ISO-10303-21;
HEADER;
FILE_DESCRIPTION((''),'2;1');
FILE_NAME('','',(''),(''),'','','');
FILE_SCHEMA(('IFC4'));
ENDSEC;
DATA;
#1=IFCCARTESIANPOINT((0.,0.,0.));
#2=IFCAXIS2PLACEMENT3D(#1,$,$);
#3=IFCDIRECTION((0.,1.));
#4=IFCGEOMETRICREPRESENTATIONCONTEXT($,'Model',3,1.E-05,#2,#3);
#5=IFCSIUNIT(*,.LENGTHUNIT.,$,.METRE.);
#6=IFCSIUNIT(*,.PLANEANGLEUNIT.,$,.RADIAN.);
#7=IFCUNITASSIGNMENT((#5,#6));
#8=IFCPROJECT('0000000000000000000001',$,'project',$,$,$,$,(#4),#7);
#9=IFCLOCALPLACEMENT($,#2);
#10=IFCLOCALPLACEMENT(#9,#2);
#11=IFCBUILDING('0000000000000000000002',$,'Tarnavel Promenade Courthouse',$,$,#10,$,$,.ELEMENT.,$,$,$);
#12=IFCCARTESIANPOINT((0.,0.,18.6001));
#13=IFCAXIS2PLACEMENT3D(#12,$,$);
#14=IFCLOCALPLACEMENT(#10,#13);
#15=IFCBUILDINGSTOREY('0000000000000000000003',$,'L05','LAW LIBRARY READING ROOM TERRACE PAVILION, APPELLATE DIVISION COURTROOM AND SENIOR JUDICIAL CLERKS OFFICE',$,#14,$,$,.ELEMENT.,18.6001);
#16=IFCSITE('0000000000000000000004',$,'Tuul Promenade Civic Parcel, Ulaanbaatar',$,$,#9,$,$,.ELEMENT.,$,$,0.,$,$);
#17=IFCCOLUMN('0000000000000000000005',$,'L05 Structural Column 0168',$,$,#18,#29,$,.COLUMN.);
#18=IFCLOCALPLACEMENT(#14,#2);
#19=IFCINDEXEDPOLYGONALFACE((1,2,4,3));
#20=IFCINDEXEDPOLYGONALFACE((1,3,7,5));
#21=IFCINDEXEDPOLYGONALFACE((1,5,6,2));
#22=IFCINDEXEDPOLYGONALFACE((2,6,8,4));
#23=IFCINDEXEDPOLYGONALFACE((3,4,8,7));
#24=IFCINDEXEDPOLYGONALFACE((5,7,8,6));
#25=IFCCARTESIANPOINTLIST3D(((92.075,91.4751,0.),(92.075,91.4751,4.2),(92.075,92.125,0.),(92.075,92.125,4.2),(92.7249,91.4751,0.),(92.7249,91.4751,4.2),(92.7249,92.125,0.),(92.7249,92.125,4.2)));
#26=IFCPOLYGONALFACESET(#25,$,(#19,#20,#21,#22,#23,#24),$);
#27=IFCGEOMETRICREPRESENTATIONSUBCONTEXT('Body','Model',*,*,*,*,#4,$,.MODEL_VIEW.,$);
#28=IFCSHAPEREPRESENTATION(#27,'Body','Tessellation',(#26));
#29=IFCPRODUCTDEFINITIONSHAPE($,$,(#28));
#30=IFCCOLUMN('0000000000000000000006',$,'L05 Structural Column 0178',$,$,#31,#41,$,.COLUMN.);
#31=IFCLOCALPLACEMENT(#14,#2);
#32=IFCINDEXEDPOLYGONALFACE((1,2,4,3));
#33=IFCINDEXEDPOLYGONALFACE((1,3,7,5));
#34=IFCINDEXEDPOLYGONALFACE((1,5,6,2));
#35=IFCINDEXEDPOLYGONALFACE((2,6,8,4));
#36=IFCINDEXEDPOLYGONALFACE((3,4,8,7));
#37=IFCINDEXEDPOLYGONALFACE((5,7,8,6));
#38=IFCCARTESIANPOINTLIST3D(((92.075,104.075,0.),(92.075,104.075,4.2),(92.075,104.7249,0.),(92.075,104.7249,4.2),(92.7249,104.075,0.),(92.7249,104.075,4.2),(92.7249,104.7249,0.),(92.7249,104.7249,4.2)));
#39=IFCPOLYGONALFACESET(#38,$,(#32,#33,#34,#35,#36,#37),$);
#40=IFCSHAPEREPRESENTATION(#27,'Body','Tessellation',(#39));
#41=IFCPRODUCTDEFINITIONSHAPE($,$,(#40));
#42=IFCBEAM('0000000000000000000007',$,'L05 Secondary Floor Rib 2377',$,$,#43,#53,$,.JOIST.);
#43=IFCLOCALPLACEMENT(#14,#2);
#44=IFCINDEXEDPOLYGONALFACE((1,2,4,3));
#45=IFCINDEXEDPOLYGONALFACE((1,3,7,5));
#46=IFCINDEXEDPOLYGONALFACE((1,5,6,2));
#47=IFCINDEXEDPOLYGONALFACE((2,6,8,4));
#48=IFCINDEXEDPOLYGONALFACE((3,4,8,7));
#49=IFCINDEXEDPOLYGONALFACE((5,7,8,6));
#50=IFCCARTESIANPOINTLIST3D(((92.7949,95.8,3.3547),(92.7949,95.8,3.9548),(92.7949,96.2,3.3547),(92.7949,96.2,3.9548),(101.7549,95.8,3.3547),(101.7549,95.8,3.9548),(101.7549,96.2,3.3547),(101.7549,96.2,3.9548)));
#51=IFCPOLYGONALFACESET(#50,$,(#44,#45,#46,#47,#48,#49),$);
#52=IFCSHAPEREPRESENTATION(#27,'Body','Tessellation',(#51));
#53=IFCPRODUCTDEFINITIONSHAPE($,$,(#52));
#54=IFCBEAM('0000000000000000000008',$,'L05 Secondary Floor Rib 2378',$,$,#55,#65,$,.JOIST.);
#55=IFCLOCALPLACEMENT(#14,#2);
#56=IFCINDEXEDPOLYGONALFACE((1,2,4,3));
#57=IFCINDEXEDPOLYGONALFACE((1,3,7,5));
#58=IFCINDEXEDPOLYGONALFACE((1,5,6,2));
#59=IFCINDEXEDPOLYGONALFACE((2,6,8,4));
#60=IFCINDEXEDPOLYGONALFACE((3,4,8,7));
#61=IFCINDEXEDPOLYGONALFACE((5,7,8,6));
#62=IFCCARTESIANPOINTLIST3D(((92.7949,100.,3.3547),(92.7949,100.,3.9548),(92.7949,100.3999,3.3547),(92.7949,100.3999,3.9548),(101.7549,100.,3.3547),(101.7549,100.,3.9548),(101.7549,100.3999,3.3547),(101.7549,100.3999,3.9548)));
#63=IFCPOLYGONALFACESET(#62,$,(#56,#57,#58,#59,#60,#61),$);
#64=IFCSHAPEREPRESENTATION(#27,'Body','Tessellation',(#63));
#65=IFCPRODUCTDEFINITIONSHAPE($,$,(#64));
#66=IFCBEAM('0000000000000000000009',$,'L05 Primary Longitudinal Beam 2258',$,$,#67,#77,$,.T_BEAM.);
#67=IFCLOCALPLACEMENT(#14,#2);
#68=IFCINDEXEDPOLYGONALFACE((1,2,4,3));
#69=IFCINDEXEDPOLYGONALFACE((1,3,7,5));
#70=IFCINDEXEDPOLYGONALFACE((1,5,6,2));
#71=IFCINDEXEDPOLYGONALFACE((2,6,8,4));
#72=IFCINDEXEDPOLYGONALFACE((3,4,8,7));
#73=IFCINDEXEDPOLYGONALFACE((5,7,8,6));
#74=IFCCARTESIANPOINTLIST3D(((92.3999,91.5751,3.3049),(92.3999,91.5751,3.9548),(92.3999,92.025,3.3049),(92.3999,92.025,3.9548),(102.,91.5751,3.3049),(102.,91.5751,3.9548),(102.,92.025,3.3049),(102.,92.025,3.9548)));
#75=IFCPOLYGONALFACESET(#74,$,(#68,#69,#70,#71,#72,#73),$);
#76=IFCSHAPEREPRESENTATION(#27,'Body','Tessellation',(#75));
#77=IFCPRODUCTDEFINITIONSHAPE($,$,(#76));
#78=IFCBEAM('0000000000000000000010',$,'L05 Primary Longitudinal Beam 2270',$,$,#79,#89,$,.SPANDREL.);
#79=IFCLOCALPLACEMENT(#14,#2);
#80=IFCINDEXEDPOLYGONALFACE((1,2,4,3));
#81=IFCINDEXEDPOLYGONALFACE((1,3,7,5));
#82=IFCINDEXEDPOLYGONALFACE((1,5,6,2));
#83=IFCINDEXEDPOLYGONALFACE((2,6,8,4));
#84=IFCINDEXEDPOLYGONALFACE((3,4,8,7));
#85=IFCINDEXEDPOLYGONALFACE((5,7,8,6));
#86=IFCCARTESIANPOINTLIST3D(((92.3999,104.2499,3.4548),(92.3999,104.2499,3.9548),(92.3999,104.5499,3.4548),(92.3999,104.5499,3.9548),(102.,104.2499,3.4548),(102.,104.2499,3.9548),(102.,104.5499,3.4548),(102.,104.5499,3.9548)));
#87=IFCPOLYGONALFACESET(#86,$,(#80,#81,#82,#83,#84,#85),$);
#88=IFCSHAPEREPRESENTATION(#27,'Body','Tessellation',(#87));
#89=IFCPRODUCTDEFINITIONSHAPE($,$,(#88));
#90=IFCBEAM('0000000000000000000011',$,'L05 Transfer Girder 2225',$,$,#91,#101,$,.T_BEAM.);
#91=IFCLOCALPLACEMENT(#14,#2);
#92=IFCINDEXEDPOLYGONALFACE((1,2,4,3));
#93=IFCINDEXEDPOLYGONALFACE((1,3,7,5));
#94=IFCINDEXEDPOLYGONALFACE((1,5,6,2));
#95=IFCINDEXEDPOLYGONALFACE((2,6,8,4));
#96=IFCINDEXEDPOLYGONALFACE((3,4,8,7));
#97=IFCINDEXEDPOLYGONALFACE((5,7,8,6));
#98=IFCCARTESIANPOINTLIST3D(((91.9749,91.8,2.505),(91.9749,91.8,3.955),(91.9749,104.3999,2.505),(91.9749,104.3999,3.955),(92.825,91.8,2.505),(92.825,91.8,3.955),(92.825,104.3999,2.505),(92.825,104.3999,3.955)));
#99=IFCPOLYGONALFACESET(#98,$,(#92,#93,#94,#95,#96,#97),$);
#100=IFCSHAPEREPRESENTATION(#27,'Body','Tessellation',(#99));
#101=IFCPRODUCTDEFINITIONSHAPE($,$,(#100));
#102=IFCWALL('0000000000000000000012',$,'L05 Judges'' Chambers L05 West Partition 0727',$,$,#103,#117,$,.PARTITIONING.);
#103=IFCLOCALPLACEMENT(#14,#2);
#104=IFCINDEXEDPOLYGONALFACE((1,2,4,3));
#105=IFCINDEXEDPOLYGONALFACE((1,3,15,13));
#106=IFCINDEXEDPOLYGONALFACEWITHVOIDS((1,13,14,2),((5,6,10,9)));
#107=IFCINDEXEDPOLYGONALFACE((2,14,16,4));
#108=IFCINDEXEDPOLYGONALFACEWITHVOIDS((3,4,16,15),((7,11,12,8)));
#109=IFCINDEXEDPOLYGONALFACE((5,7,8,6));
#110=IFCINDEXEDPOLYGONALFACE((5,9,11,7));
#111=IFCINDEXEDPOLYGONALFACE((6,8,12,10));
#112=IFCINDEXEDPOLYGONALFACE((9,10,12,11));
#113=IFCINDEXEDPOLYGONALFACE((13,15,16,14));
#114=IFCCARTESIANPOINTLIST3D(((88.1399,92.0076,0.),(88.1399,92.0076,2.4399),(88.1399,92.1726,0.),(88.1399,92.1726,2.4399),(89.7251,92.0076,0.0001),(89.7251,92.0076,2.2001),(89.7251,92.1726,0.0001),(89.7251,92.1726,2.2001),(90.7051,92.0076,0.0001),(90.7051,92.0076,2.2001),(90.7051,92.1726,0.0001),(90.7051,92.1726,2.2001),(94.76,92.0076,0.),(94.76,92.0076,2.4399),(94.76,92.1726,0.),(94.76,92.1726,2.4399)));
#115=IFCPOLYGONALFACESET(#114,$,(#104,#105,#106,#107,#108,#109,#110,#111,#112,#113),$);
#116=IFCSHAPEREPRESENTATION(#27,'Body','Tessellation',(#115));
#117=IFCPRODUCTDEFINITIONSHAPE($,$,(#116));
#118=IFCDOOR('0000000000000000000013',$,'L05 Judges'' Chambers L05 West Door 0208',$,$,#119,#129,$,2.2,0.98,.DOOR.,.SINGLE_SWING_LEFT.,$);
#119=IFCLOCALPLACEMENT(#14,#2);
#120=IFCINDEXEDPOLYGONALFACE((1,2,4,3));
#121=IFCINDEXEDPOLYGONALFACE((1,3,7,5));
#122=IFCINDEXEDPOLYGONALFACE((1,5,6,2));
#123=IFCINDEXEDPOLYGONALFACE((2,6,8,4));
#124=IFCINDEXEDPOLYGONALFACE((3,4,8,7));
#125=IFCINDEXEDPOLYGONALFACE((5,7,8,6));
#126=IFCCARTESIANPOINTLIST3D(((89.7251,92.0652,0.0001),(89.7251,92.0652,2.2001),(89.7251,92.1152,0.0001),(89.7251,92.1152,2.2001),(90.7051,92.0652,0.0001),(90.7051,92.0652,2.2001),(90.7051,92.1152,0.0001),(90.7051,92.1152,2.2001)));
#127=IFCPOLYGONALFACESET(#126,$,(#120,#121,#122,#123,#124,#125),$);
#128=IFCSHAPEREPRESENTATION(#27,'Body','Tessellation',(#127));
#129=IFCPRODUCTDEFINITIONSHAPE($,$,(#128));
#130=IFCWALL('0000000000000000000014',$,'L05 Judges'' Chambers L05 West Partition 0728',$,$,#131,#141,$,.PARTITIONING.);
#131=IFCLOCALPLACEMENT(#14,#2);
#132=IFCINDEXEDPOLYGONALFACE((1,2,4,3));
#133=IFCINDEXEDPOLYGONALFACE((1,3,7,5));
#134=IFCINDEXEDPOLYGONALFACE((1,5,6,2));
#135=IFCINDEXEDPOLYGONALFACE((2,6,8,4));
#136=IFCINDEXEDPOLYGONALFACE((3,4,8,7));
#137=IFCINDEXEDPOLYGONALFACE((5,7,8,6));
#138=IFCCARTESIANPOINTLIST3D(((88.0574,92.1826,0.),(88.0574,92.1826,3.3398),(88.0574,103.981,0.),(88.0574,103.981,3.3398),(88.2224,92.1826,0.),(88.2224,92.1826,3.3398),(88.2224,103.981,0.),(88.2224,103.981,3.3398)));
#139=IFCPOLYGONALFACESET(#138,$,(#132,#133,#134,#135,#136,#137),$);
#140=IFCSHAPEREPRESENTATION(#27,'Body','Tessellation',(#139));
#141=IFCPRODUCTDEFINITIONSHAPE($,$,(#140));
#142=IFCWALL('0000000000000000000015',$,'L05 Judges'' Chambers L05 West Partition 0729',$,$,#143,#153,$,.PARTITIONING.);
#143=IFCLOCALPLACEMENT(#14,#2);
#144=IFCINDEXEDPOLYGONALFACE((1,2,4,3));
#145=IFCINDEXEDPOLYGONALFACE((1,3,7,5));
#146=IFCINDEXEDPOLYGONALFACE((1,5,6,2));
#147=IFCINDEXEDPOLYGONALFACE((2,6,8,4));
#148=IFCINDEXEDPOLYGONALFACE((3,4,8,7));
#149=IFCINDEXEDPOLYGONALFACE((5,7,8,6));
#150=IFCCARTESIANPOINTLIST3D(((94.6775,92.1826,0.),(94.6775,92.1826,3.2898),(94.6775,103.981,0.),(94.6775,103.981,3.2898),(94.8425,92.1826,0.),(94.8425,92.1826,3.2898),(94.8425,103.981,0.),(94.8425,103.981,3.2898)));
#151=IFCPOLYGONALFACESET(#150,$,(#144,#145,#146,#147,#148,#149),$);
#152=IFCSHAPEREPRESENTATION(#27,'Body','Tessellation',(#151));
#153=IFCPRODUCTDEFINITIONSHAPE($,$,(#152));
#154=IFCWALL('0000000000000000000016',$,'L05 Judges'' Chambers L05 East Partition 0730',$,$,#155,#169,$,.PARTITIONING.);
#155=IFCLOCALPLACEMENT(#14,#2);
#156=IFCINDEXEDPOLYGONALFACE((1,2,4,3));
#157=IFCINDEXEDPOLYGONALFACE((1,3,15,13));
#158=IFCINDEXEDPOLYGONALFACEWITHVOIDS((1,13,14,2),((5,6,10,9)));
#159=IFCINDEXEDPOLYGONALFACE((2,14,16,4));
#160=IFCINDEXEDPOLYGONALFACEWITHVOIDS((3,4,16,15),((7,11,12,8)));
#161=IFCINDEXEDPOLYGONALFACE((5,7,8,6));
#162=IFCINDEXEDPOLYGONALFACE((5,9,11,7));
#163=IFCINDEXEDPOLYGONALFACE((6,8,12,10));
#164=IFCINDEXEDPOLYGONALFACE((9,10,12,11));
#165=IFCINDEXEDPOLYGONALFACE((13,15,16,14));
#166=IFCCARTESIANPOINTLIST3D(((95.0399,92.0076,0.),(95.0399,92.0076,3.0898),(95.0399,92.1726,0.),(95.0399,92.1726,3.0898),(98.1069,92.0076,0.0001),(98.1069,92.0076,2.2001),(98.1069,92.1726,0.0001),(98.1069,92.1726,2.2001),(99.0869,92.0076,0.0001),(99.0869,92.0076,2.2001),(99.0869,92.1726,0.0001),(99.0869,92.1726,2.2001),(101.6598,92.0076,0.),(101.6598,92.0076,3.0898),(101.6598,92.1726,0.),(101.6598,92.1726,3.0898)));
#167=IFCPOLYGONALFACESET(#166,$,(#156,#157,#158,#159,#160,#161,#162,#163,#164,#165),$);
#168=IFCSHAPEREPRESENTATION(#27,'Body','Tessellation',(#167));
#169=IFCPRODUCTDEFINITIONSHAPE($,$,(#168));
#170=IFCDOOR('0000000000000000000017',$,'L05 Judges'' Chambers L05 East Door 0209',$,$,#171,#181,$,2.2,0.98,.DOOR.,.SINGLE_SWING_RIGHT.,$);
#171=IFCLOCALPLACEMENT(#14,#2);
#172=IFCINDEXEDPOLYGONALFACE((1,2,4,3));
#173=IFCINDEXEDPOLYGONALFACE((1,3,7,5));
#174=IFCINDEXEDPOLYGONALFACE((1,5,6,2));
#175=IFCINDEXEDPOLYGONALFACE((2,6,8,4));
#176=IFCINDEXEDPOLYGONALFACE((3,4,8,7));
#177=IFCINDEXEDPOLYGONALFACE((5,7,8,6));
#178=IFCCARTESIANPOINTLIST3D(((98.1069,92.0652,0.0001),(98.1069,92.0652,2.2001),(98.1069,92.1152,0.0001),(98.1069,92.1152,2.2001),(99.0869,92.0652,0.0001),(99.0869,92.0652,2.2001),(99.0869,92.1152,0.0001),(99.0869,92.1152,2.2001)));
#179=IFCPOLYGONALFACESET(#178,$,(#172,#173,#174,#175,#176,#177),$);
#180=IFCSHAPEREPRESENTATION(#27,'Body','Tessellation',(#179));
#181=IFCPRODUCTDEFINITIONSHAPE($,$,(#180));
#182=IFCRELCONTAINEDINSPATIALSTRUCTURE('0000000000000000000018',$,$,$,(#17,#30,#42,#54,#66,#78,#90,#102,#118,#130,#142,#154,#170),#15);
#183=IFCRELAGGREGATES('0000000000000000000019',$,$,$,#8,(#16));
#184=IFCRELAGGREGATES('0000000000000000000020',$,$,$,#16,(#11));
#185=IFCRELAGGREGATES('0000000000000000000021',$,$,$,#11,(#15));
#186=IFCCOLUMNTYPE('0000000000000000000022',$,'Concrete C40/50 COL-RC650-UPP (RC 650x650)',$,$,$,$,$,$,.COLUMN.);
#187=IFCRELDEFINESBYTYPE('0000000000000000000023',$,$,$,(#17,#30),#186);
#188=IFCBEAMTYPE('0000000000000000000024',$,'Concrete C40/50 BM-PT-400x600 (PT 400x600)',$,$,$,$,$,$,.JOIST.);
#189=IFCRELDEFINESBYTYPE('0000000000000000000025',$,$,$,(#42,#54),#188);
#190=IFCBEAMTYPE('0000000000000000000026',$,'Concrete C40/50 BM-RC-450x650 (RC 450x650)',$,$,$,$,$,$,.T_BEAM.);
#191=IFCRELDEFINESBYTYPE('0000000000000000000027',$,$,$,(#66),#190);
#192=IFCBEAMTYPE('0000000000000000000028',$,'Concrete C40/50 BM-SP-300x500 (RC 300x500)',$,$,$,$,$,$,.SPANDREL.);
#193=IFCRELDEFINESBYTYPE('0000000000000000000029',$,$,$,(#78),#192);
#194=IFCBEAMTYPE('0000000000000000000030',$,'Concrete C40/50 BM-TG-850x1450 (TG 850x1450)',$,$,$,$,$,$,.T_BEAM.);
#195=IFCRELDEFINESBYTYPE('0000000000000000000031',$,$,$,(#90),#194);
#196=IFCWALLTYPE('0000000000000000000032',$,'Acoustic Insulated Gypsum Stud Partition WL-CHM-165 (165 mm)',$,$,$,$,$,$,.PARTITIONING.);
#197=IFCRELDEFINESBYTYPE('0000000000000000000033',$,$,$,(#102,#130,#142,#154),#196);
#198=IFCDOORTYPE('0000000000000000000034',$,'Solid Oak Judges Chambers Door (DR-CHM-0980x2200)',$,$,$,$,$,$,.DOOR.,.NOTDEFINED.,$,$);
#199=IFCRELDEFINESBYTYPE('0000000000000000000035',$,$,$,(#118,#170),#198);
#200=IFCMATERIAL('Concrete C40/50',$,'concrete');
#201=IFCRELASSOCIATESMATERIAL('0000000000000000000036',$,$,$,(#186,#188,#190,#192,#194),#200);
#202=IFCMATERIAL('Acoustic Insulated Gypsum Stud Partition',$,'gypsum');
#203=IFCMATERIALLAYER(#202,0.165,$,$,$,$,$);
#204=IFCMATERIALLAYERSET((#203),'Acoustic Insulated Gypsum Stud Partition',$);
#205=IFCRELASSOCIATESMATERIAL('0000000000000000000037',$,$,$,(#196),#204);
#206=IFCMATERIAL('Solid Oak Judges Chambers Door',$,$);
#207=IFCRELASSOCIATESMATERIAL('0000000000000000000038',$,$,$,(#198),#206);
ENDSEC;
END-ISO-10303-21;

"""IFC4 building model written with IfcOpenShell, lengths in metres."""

from ifc_helpers import new_model, si_unit, direction, frame, frame_2d, origin, origin_2d, place, context, subcontext, project, spatial, rectangle, extrude, material, layer, layer_set, material_profile, profile_set, type_object, element, fill, save


model = new_model("IFC4")

# Units and contexts
model_context = context("Model", 3, precision=1e-05, world=origin(), true_north=direction((0.0, 1.0)))
body_context = subcontext(model_context, "Body", "Model", "MODEL_VIEW")
ifc_project = project(units=[si_unit("LENGTHUNIT", "METRE"), si_unit("PLANEANGLEUNIT", "RADIAN")], contexts=[model_context])

# Site, building, storey
site_placement = place(None, origin())
site = spatial("IfcSite", under=ifc_project, at=site_placement, Name="Tuul Promenade Civic Parcel, Ulaanbaatar", CompositionType="ELEMENT", RefElevation=0.0)
building_placement = place(site_placement, origin())
building = spatial("IfcBuilding", under=site, at=building_placement, Name="Tarnavel Promenade Courthouse", CompositionType="ELEMENT")
storey_placement = place(building_placement, frame((0.0, 0.0, 18.6001)))
storey = spatial("IfcBuildingStorey", under=building, at=storey_placement, Name="L05", Description="LAW LIBRARY READING ROOM TERRACE PAVILION, APPELLATE DIVISION COURTROOM AND SENIOR JUDICIAL CLERKS OFFICE", CompositionType="ELEMENT", Elevation=18.6001)

# Columns
ifc_material_1 = material(Name="Concrete C40/50", Category="concrete")
ifc_material_profile_1 = material_profile(ifc_material_1, rectangle(XDim=0.6499, YDim=0.6499, at=origin_2d()), Name="RC 650x650")
ifc_profile_set_1 = profile_set([ifc_material_profile_1], Name="Concrete C40/50")
column_type = type_object("IfcColumnType", Name="Concrete C40/50 COL-RC650-UPP (RC 650x650)", PredefinedType="COLUMN", material=ifc_profile_set_1)
for number, where, z_axis, x_axis, name in (
    (1, (92.3999, 91.8, 0.0), (0.0, 0.0, 1.0), (1.0, 0.0, 0.0), "L05 Structural Column 0168"),
    (2, (92.3999, 104.3999, 0.0), (0.0, 0.0, 1.0), (1.0, 0.0, 0.0), "L05 Structural Column 0178"),
):
    element("IfcColumn", number, at=place(storey_placement, frame(where, z_axis=z_axis, x_axis=x_axis)), inside=storey, type_object=column_type, Name=name, PredefinedType="COLUMN", context=body_context, shape_type="SweptSolid", body=[
        extrude(rectangle(XDim=0.6499, YDim=0.6499, at=origin_2d()), origin(), (0.0, 0.0, 1.0), 4.2),
    ])

# Beams
ifc_material_profile_2 = material_profile(ifc_material_1, rectangle(XDim=0.3999, YDim=0.6001, at=origin_2d()), Name="PT 400x600")
ifc_profile_set_2 = profile_set([ifc_material_profile_2], Name="Concrete C40/50")
beam_type_1 = type_object("IfcBeamType", Name="Concrete C40/50 BM-PT-400x600 (PT 400x600)", PredefinedType="JOIST", material=ifc_profile_set_2)
for number, where, z_axis, x_axis, name in (
    (3, (92.7949, 96.0, 3.6548), (1.0, 0.0, 0.0), (0.0, 1.0, 0.0), "L05 Secondary Floor Rib 2377"),
    (4, (92.7949, 100.2, 3.6548), (1.0, 0.0, 0.0), (0.0, 1.0, 0.0), "L05 Secondary Floor Rib 2378"),
):
    element("IfcBeam", number, at=place(storey_placement, frame(where, z_axis=z_axis, x_axis=x_axis)), inside=storey, type_object=beam_type_1, Name=name, PredefinedType="JOIST", context=body_context, shape_type="SweptSolid", body=[
        extrude(rectangle(XDim=0.3999, YDim=0.6001, at=origin_2d()), origin(), (0.0, 0.0, 1.0), 8.96),
    ])
ifc_material_profile_3 = material_profile(ifc_material_1, rectangle(XDim=0.45, YDim=0.6499, at=origin_2d()), Name="RC 450x650")
ifc_profile_set_3 = profile_set([ifc_material_profile_3], Name="Concrete C40/50")
beam_type_2 = type_object("IfcBeamType", Name="Concrete C40/50 BM-RC-450x650 (RC 450x650)", PredefinedType="T_BEAM", material=ifc_profile_set_3)
beam_1_placement = place(storey_placement, frame((92.3999, 91.8, 3.6299), z_axis=(1.0, 0.0, 0.0), x_axis=(0.0, 1.0, 0.0)))
element("IfcBeam", 5, at=beam_1_placement, inside=storey, type_object=beam_type_2, Name="L05 Primary Longitudinal Beam 2258", PredefinedType="T_BEAM", context=body_context, shape_type="SweptSolid", body=[
    extrude(rectangle(XDim=0.45, YDim=0.6499, at=origin_2d()), origin(), (0.0, 0.0, 1.0), 9.6001),
])
ifc_material_profile_4 = material_profile(ifc_material_1, rectangle(XDim=0.3, YDim=0.5, at=origin_2d()), Name="RC 300x500")
ifc_profile_set_4 = profile_set([ifc_material_profile_4], Name="Concrete C40/50")
beam_type_3 = type_object("IfcBeamType", Name="Concrete C40/50 BM-SP-300x500 (RC 300x500)", PredefinedType="SPANDREL", material=ifc_profile_set_4)
beam_2_placement = place(storey_placement, frame((92.3999, 104.3999, 3.7048), z_axis=(1.0, 0.0, 0.0), x_axis=(0.0, 1.0, 0.0)))
element("IfcBeam", 6, at=beam_2_placement, inside=storey, type_object=beam_type_3, Name="L05 Primary Longitudinal Beam 2270", PredefinedType="SPANDREL", context=body_context, shape_type="SweptSolid", body=[
    extrude(rectangle(XDim=0.3, YDim=0.5, at=origin_2d()), origin(), (0.0, 0.0, 1.0), 9.6001),
])
ifc_material_profile_5 = material_profile(ifc_material_1, rectangle(XDim=0.8501, YDim=1.45, at=origin_2d()), Name="TG 850x1450")
ifc_profile_set_5 = profile_set([ifc_material_profile_5], Name="Concrete C40/50")
beam_type_4 = type_object("IfcBeamType", Name="Concrete C40/50 BM-TG-850x1450 (TG 850x1450)", PredefinedType="T_BEAM", material=ifc_profile_set_5)
beam_3_placement = place(storey_placement, frame((92.3999, 91.8, 3.23), z_axis=(0.0, 1.0, 0.0), x_axis=(-1.0, 0.0, 0.0)))
element("IfcBeam", 7, at=beam_3_placement, inside=storey, type_object=beam_type_4, Name="L05 Transfer Girder 2225", PredefinedType="T_BEAM", context=body_context, shape_type="SweptSolid", body=[
    extrude(rectangle(XDim=0.8501, YDim=1.45, at=origin_2d()), origin(), (0.0, 0.0, 1.0), 12.5999),
])

# Wall, opening, door
ifc_material_2 = material(Name="Acoustic Insulated Gypsum Stud Partition", Category="gypsum")
ifc_layer_1 = layer(ifc_material_2, 0.165)
ifc_layer_set_1 = layer_set([ifc_layer_1], Name="Acoustic Insulated Gypsum Stud Partition")
wall_type_1 = type_object("IfcWallType", Name="Acoustic Insulated Gypsum Stud Partition WL-CHM-165 (165 mm)", PredefinedType="PARTITIONING", material=ifc_layer_set_1)
wall_1_placement = place(storey_placement, frame((94.76, 92.0901, 0.0), z_axis=(0.0, 0.0, 1.0), x_axis=(-1.0, 0.0, 0.0)))
wall_1 = element("IfcWall", 8, at=wall_1_placement, inside=storey, type_object=wall_type_1, Name="L05 Judges' Chambers L05 West Partition 0727", PredefinedType="PARTITIONING", context=body_context, shape_type="SweptSolid", body=[
    extrude(rectangle(XDim=6.6201, YDim=0.165, at=frame_2d((3.3101, 0.0))), origin(), (0.0, 0.0, 1.0), 2.4399),
])
opening_1_placement = place(wall_1_placement, frame((4.0549, 0.0, 0.0)))
opening_1 = element("IfcOpeningElement", 9, at=opening_1_placement, cuts=wall_1, PredefinedType="OPENING", context=body_context, shape_type="SweptSolid", body=[
    extrude(rectangle(XDim=0.98, YDim=2.2, at=frame_2d((0.49, 1.1001))), frame((0.0, 0.0925, 0.0), z_axis=(0.0, -1.0, 0.0), x_axis=(1.0, 0.0, 0.0)), (0.0, 0.0, 1.0), 0.1851),
])
ifc_material_3 = material(Name="Solid Oak Judges Chambers Door")
door_type_1 = type_object("IfcDoorType", Name="Solid Oak Judges Chambers Door (DR-CHM-0980x2200)", OperationType="NOTDEFINED", PredefinedType="DOOR", material=ifc_material_3)
door_1_placement = place(opening_1_placement, origin())
door_1 = element("IfcDoor", 10, at=door_1_placement, inside=storey, type_object=door_type_1, Name="L05 Judges' Chambers L05 West Door 0208", OperationType="SINGLE_SWING_LEFT", OverallHeight=2.2, OverallWidth=0.98, PredefinedType="DOOR", context=body_context, shape_type="SweptSolid", body=[
    extrude(rectangle(XDim=0.98, YDim=2.2, at=frame_2d((0.49, 1.1001))), frame((0.0, 0.0249, 0.0), z_axis=(0.0, -1.0, 0.0), x_axis=(1.0, 0.0, 0.0)), (0.0, 0.0, 1.0), 0.05),
])
fill(opening_1, door_1)

# Walls
wall_2_placement = place(storey_placement, frame((88.1399, 92.1826, 0.0), z_axis=(0.0, 0.0, 1.0), x_axis=(0.0, 1.0, 0.0)))
element("IfcWall", 11, at=wall_2_placement, inside=storey, type_object=wall_type_1, Name="L05 Judges' Chambers L05 West Partition 0728", PredefinedType="PARTITIONING", context=body_context, shape_type="SweptSolid", body=[
    extrude(rectangle(XDim=11.7983, YDim=0.165, at=frame_2d((5.8992, 0.0))), origin(), (0.0, 0.0, 1.0), 3.3398),
])
wall_3_placement = place(storey_placement, frame((94.76, 103.981, 0.0), z_axis=(0.0, 0.0, 1.0), x_axis=(0.0, -1.0, 0.0)))
element("IfcWall", 12, at=wall_3_placement, inside=storey, type_object=wall_type_1, Name="L05 Judges' Chambers L05 West Partition 0729", PredefinedType="PARTITIONING", context=body_context, shape_type="SweptSolid", body=[
    extrude(rectangle(XDim=11.7983, YDim=0.165, at=frame_2d((5.8992, 0.0))), origin(), (0.0, 0.0, 1.0), 3.2898),
])

# Wall, opening, door
wall_4_placement = place(storey_placement, frame((101.6599, 92.0901, 0.0), z_axis=(0.0, 0.0, 1.0), x_axis=(-1.0, 0.0, 0.0)))
wall_4 = element("IfcWall", 13, at=wall_4_placement, inside=storey, type_object=wall_type_1, Name="L05 Judges' Chambers L05 East Partition 0730", PredefinedType="PARTITIONING", context=body_context, shape_type="SweptSolid", body=[
    extrude(rectangle(XDim=6.6199, YDim=0.165, at=frame_2d((3.3101, 0.0))), origin(), (0.0, 0.0, 1.0), 3.0898),
])
opening_2_placement = place(wall_4_placement, frame((2.573, 0.0, 0.0)))
opening_2 = element("IfcOpeningElement", 14, at=opening_2_placement, cuts=wall_4, PredefinedType="OPENING", context=body_context, shape_type="SweptSolid", body=[
    extrude(rectangle(XDim=0.98, YDim=2.2, at=frame_2d((0.49, 1.1001))), frame((0.0, 0.0925, 0.0), z_axis=(0.0, -1.0, 0.0), x_axis=(1.0, 0.0, 0.0)), (0.0, 0.0, 1.0), 0.1851),
])
door_2_placement = place(opening_2_placement, origin())
door_2 = element("IfcDoor", 15, at=door_2_placement, inside=storey, type_object=door_type_1, Name="L05 Judges' Chambers L05 East Door 0209", OperationType="SINGLE_SWING_RIGHT", OverallHeight=2.2, OverallWidth=0.98, PredefinedType="DOOR", context=body_context, shape_type="SweptSolid", body=[
    extrude(rectangle(XDim=0.98, YDim=2.2, at=frame_2d((0.49, 1.1001))), frame((0.0, 0.0249, 0.0), z_axis=(0.0, -1.0, 0.0), x_axis=(1.0, 0.0, 0.0)), (0.0, 0.0, 1.0), 0.05),
])
fill(opening_2, door_2)

save(model, "model.ifc")
